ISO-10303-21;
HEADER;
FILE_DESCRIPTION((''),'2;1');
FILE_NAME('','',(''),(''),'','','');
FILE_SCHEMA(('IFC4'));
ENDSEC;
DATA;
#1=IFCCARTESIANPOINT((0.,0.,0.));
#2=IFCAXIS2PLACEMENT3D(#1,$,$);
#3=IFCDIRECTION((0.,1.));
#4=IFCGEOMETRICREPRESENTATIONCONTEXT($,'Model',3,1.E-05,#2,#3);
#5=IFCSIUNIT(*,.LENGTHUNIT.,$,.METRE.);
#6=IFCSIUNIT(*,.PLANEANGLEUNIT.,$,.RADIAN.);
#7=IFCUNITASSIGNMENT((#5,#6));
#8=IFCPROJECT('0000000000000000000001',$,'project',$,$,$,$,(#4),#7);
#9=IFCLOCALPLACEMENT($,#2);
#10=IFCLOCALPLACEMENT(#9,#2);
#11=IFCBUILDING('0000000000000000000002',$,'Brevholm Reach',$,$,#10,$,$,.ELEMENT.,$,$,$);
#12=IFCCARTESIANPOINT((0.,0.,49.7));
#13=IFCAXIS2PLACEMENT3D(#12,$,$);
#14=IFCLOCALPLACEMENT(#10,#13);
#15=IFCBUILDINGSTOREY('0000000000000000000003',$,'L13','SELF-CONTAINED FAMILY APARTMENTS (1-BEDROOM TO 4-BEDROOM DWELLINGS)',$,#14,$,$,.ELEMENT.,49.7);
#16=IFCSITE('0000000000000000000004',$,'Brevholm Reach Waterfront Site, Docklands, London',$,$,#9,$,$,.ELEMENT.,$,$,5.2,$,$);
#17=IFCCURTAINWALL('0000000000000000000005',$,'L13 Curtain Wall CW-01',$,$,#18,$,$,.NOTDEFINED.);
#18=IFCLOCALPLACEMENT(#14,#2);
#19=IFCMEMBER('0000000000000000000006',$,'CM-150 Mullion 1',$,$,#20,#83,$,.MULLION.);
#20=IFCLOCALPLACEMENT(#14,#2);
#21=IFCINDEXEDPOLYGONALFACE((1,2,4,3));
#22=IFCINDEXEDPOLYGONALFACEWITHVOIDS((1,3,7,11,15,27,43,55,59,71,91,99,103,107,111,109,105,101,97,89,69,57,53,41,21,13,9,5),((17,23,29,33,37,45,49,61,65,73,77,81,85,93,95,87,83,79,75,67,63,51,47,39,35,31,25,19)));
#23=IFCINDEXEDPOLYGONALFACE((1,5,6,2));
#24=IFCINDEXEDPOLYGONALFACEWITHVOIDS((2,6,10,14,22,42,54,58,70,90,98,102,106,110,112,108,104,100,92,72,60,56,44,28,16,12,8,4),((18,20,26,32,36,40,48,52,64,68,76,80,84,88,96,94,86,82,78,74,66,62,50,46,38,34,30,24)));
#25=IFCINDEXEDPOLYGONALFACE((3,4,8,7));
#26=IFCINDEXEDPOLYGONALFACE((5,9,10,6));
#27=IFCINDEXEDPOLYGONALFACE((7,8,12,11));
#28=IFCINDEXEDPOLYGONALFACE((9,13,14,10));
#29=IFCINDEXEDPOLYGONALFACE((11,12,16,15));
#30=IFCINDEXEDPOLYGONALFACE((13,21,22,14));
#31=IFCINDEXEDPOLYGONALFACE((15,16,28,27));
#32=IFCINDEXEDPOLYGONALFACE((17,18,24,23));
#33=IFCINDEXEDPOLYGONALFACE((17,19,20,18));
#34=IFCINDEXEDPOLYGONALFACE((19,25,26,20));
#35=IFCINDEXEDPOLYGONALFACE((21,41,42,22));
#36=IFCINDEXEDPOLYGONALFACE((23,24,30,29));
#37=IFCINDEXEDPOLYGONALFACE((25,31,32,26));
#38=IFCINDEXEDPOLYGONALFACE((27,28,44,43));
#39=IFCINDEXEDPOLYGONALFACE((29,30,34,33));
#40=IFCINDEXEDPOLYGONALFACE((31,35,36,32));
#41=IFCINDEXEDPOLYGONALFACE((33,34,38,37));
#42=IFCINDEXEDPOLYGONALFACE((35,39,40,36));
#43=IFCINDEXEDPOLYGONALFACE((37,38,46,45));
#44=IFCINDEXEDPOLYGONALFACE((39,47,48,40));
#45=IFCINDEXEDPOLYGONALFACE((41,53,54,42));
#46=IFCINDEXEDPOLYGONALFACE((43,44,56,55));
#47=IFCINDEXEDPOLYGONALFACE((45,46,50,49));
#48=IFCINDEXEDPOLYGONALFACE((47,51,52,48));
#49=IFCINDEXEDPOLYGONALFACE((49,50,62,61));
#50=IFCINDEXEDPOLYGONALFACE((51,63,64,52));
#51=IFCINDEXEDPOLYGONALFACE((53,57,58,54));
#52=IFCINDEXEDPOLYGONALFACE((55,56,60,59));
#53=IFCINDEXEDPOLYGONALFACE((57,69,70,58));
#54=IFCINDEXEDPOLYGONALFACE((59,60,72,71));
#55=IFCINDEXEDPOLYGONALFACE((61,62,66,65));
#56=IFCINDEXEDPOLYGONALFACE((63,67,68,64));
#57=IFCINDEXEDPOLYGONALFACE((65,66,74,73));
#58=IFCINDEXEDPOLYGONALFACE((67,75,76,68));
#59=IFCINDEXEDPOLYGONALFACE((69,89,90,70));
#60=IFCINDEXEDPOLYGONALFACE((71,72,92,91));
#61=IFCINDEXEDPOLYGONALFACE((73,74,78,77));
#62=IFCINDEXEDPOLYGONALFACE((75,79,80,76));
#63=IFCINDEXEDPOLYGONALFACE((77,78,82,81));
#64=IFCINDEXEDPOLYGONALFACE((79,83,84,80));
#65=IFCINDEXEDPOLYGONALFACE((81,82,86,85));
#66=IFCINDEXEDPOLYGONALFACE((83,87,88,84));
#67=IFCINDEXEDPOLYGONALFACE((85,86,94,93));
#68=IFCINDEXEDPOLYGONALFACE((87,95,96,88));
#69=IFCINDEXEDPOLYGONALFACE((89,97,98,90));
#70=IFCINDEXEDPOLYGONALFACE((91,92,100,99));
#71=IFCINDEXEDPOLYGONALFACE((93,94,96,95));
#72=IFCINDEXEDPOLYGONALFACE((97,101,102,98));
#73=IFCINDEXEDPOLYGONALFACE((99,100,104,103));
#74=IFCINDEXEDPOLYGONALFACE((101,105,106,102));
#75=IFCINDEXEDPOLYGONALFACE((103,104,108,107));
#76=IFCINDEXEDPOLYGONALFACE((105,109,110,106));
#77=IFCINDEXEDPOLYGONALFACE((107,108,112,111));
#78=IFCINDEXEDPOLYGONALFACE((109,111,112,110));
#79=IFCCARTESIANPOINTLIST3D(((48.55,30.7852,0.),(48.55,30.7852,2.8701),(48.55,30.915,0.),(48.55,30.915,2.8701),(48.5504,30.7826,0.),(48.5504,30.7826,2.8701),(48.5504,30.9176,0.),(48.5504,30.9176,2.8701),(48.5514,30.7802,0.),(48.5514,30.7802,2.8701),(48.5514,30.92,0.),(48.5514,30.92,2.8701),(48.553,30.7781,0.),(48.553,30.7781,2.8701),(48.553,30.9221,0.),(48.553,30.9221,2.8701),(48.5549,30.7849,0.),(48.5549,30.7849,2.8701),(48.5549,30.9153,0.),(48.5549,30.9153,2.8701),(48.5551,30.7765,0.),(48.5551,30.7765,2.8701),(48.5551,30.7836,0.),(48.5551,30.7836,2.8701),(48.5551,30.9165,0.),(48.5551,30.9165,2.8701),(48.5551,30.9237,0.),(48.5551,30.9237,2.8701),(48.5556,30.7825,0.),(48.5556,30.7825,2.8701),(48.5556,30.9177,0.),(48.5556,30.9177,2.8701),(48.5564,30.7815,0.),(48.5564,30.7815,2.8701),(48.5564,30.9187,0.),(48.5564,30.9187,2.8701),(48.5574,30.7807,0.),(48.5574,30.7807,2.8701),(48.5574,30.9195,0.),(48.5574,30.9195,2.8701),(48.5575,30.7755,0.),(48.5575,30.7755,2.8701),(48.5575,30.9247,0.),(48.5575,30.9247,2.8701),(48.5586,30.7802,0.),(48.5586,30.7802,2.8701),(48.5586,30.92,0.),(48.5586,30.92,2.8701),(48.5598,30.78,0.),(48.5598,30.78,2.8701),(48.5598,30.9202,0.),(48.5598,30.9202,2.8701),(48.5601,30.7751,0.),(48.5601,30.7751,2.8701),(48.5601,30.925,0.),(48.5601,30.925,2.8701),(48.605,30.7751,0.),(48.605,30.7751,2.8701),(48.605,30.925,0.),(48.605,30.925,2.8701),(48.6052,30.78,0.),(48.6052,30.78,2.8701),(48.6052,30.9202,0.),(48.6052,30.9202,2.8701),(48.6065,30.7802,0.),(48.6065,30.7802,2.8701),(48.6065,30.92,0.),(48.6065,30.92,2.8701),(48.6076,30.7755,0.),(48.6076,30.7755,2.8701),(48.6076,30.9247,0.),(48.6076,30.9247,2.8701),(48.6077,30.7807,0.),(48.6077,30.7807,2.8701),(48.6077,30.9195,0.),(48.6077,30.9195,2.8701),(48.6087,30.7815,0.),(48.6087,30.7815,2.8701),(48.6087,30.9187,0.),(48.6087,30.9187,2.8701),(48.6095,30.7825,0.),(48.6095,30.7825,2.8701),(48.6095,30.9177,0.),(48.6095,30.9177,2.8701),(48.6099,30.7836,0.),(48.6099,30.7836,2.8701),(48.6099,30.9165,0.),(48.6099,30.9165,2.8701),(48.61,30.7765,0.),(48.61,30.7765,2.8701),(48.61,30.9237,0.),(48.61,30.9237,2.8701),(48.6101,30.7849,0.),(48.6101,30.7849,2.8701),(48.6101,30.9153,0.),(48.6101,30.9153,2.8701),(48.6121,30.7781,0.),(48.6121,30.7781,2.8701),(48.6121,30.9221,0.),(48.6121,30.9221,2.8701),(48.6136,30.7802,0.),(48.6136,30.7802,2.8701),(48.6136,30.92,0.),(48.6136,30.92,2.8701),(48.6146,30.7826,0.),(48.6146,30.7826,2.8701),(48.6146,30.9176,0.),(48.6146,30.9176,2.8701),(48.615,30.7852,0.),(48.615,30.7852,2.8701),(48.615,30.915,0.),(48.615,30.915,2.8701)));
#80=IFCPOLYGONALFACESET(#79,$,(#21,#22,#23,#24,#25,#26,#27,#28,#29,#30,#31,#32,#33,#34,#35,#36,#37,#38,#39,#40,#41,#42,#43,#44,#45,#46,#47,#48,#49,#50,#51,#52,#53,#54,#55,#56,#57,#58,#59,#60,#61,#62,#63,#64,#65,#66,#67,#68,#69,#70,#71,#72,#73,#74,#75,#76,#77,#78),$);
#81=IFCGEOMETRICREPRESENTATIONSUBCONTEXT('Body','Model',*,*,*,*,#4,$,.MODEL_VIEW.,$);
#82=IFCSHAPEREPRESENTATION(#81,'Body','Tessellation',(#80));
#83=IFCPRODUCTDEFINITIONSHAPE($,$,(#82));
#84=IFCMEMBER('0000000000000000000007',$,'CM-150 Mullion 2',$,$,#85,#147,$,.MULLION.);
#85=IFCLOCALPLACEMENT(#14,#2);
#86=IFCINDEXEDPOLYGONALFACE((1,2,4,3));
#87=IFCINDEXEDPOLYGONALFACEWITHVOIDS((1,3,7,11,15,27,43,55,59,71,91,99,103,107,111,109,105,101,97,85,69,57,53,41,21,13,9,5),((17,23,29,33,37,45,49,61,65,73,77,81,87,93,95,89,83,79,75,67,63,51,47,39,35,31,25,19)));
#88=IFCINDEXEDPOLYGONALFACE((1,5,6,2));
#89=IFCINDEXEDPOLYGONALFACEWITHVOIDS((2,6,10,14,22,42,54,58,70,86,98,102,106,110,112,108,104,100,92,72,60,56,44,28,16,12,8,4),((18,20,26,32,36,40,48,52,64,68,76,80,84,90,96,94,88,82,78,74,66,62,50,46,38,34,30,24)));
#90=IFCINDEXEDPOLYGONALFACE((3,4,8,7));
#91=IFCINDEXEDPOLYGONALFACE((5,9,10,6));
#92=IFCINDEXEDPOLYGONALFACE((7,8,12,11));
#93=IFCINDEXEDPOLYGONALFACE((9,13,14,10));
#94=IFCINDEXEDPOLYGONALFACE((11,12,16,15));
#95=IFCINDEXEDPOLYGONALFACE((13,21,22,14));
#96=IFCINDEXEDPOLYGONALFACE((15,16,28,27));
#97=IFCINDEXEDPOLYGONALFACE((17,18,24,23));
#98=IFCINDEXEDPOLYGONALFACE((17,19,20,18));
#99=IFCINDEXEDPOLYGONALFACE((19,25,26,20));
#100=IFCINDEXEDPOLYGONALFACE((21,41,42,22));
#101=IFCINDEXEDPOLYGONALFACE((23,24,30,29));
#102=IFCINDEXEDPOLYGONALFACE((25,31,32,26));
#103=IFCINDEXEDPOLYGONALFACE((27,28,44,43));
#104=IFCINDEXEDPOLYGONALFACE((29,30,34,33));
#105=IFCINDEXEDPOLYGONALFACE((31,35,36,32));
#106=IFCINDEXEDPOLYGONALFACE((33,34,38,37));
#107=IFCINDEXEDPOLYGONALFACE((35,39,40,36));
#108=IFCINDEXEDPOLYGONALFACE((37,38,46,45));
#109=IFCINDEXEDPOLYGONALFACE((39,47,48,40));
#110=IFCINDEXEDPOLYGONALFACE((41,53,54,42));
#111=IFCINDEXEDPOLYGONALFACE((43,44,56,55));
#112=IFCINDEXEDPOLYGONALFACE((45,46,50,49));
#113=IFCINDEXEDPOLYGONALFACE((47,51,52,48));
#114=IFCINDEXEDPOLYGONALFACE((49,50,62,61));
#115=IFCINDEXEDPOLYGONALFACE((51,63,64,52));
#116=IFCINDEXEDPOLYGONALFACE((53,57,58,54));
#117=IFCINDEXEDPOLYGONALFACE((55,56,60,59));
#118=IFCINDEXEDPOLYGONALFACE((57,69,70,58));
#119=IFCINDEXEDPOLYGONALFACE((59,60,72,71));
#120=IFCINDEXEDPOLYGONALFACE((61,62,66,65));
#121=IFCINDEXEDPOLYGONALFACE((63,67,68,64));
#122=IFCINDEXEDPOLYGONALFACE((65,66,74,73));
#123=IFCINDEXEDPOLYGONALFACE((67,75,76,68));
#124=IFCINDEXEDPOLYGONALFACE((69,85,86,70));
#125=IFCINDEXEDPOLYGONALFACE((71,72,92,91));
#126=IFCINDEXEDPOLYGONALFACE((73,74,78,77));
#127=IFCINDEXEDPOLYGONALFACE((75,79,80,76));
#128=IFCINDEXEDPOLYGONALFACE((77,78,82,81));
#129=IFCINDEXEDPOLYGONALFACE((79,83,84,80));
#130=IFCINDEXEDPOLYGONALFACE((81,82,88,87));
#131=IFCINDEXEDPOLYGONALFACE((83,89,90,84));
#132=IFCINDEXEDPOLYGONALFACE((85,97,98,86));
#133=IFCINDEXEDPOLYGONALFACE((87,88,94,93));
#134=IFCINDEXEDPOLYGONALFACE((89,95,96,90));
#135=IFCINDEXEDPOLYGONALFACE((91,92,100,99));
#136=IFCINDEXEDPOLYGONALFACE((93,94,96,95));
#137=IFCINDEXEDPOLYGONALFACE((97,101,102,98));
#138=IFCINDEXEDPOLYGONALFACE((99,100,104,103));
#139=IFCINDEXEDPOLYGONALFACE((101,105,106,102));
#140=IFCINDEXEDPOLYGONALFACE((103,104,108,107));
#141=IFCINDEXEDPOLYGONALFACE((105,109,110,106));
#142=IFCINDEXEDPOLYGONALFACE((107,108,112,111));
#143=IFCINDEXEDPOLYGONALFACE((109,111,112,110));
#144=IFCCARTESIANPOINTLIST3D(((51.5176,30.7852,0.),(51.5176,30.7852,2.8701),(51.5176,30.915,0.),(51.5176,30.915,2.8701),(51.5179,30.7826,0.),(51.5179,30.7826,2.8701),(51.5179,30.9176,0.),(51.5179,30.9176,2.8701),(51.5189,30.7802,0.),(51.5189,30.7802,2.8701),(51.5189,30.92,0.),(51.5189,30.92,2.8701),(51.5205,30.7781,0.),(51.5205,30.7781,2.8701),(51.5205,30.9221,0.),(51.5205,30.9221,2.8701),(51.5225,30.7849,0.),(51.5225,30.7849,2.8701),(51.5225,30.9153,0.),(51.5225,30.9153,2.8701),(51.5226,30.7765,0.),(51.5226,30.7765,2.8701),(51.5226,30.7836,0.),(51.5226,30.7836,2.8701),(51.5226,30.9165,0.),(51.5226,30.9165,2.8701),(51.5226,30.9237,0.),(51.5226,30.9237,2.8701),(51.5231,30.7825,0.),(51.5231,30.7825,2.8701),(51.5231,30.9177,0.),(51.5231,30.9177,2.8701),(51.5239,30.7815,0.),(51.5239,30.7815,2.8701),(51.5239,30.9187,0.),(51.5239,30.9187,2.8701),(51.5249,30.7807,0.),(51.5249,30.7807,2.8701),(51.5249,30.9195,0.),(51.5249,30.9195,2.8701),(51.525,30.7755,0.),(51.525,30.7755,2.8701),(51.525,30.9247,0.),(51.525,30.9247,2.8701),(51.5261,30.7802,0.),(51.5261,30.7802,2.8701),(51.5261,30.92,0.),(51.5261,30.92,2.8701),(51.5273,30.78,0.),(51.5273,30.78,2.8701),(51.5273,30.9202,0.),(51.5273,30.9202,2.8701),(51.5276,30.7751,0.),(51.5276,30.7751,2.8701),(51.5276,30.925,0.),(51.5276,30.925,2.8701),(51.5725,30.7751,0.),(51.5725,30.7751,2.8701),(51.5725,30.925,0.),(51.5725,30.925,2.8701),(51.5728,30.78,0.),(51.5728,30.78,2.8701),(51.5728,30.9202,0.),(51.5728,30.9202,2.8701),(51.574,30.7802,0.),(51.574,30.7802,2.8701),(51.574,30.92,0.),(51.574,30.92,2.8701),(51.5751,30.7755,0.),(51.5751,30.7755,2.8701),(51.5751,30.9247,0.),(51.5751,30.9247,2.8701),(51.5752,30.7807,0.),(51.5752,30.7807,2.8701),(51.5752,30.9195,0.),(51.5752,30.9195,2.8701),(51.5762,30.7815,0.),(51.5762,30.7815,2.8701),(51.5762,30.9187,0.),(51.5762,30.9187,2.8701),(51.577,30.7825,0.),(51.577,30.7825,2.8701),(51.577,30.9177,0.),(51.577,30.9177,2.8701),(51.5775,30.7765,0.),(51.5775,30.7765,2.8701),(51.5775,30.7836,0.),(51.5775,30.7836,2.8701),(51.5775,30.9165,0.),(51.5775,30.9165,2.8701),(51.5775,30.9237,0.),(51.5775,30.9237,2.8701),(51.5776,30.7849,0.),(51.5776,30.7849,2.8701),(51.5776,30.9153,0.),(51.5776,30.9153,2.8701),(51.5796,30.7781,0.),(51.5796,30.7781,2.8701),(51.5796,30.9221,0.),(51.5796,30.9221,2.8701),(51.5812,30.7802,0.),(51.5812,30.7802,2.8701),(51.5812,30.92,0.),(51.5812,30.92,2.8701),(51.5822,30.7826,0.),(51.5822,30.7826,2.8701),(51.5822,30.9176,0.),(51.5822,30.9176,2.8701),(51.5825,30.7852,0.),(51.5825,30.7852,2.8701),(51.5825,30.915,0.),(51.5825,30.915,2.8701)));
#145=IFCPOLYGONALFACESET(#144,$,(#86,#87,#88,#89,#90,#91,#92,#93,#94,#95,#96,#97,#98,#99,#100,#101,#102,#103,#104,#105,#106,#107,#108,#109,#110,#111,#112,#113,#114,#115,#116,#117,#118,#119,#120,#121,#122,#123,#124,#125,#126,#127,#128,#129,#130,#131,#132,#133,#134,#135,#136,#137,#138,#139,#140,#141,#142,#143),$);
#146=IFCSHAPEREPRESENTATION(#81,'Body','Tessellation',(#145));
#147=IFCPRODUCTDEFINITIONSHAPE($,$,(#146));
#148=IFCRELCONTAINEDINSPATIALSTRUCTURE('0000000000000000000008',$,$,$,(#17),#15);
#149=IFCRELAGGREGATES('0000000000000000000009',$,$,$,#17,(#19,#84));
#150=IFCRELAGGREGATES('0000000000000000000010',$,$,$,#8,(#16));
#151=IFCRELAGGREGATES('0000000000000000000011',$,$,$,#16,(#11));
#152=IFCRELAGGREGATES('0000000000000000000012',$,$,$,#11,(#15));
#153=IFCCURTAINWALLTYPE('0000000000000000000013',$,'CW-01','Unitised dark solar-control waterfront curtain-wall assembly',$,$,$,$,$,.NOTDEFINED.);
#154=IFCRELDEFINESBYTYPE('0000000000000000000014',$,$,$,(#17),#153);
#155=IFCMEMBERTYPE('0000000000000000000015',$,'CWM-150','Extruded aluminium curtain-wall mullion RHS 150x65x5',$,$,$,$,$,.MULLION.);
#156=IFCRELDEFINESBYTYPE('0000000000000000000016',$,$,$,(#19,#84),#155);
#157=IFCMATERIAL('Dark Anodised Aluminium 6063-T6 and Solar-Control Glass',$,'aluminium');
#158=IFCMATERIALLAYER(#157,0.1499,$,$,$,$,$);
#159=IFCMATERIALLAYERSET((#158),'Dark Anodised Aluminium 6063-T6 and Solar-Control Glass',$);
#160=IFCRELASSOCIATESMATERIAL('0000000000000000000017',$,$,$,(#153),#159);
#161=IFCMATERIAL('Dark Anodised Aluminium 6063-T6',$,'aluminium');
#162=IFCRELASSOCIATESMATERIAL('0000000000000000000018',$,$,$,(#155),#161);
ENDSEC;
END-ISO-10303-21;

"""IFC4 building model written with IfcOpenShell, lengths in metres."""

from ifc_helpers import new_model, si_unit, direction, frame, origin, origin_2d, place, context, subcontext, project, spatial, hollow_rectangle, extrude, material, layer, layer_set, material_profile, profile_set, type_object, element, aggregate, save


model = new_model("IFC4")

# Units and contexts
model_context = context("Model", 3, precision=1e-05, world=origin(), true_north=direction((0.0, 1.0)))
body_context = subcontext(model_context, "Body", "Model", "MODEL_VIEW")
ifc_project = project(units=[si_unit("LENGTHUNIT", "METRE"), si_unit("PLANEANGLEUNIT", "RADIAN")], contexts=[model_context])

# Site, building, storey
site_placement = place(None, origin())
site = spatial("IfcSite", under=ifc_project, at=site_placement, Name="Brevholm Reach Waterfront Site, Docklands, London", CompositionType="ELEMENT", RefElevation=5.2)
building_placement = place(site_placement, origin())
building = spatial("IfcBuilding", under=site, at=building_placement, Name="Brevholm Reach", CompositionType="ELEMENT")
storey_placement = place(building_placement, frame((0.0, 0.0, 49.7)))
storey = spatial("IfcBuildingStorey", under=building, at=storey_placement, Name="L13", Description="SELF-CONTAINED FAMILY APARTMENTS (1-BEDROOM TO 4-BEDROOM DWELLINGS)", CompositionType="ELEMENT", Elevation=49.7)

# Curtain wall, members
ifc_material_1 = material(Name="Dark Anodised Aluminium 6063-T6 and Solar-Control Glass", Category="aluminium")
ifc_layer_1 = layer(ifc_material_1, 0.1499)
ifc_layer_set_1 = layer_set([ifc_layer_1], Name="Dark Anodised Aluminium 6063-T6 and Solar-Control Glass")
curtain_wall_type = type_object("IfcCurtainWallType", Name="CW-01", Description="Unitised dark solar-control waterfront curtain-wall assembly", PredefinedType="NOTDEFINED", material=ifc_layer_set_1)
curtain_wall_placement = place(storey_placement, origin())
curtain_wall = element("IfcCurtainWall", 1, at=curtain_wall_placement, inside=storey, type_object=curtain_wall_type, Name="L13 Curtain Wall CW-01", PredefinedType="NOTDEFINED")
ifc_material_2 = material(Name="Dark Anodised Aluminium 6063-T6", Category="aluminium")
ifc_material_profile_1 = material_profile(ifc_material_2, hollow_rectangle(XDim=0.0649, YDim=0.1499, WallThickness=0.0049, InnerFilletRadius=0.0049, OuterFilletRadius=0.01, at=origin_2d()), Name="RHS 150x65x5")
ifc_profile_set_1 = profile_set([ifc_material_profile_1], Name="Dark Anodised Aluminium 6063-T6")
member_type_1 = type_object("IfcMemberType", Name="CWM-150", Description="Extruded aluminium curtain-wall mullion RHS 150x65x5", PredefinedType="MULLION", material=ifc_profile_set_1)
member_1_placement = place(storey_placement, frame((48.5825, 30.8501, 0.0), z_axis=(0.0, 0.0, 1.0), x_axis=(1.0, 0.0, 0.0)))
member_1 = element("IfcMember", 2, at=member_1_placement, type_object=member_type_1, Name="CM-150 Mullion 1", PredefinedType="MULLION", context=body_context, shape_type="SweptSolid", body=[
    extrude(hollow_rectangle(XDim=0.0649, YDim=0.1499, WallThickness=0.0049, InnerFilletRadius=0.0049, OuterFilletRadius=0.01, at=origin_2d()), origin(), (0.0, 0.0, 1.0), 2.8701),
])
member_2_placement = place(storey_placement, frame((51.55, 30.8501, 0.0), z_axis=(0.0, 0.0, 1.0), x_axis=(1.0, 0.0, 0.0)))
member_2 = element("IfcMember", 3, at=member_2_placement, type_object=member_type_1, Name="CM-150 Mullion 2", PredefinedType="MULLION", context=body_context, shape_type="SweptSolid", body=[
    extrude(hollow_rectangle(XDim=0.0649, YDim=0.1499, WallThickness=0.0049, InnerFilletRadius=0.0049, OuterFilletRadius=0.01, at=origin_2d()), origin(), (0.0, 0.0, 1.0), 2.8701),
])
aggregate(curtain_wall, [member_1, member_2])

save(model, "model.ifc")
